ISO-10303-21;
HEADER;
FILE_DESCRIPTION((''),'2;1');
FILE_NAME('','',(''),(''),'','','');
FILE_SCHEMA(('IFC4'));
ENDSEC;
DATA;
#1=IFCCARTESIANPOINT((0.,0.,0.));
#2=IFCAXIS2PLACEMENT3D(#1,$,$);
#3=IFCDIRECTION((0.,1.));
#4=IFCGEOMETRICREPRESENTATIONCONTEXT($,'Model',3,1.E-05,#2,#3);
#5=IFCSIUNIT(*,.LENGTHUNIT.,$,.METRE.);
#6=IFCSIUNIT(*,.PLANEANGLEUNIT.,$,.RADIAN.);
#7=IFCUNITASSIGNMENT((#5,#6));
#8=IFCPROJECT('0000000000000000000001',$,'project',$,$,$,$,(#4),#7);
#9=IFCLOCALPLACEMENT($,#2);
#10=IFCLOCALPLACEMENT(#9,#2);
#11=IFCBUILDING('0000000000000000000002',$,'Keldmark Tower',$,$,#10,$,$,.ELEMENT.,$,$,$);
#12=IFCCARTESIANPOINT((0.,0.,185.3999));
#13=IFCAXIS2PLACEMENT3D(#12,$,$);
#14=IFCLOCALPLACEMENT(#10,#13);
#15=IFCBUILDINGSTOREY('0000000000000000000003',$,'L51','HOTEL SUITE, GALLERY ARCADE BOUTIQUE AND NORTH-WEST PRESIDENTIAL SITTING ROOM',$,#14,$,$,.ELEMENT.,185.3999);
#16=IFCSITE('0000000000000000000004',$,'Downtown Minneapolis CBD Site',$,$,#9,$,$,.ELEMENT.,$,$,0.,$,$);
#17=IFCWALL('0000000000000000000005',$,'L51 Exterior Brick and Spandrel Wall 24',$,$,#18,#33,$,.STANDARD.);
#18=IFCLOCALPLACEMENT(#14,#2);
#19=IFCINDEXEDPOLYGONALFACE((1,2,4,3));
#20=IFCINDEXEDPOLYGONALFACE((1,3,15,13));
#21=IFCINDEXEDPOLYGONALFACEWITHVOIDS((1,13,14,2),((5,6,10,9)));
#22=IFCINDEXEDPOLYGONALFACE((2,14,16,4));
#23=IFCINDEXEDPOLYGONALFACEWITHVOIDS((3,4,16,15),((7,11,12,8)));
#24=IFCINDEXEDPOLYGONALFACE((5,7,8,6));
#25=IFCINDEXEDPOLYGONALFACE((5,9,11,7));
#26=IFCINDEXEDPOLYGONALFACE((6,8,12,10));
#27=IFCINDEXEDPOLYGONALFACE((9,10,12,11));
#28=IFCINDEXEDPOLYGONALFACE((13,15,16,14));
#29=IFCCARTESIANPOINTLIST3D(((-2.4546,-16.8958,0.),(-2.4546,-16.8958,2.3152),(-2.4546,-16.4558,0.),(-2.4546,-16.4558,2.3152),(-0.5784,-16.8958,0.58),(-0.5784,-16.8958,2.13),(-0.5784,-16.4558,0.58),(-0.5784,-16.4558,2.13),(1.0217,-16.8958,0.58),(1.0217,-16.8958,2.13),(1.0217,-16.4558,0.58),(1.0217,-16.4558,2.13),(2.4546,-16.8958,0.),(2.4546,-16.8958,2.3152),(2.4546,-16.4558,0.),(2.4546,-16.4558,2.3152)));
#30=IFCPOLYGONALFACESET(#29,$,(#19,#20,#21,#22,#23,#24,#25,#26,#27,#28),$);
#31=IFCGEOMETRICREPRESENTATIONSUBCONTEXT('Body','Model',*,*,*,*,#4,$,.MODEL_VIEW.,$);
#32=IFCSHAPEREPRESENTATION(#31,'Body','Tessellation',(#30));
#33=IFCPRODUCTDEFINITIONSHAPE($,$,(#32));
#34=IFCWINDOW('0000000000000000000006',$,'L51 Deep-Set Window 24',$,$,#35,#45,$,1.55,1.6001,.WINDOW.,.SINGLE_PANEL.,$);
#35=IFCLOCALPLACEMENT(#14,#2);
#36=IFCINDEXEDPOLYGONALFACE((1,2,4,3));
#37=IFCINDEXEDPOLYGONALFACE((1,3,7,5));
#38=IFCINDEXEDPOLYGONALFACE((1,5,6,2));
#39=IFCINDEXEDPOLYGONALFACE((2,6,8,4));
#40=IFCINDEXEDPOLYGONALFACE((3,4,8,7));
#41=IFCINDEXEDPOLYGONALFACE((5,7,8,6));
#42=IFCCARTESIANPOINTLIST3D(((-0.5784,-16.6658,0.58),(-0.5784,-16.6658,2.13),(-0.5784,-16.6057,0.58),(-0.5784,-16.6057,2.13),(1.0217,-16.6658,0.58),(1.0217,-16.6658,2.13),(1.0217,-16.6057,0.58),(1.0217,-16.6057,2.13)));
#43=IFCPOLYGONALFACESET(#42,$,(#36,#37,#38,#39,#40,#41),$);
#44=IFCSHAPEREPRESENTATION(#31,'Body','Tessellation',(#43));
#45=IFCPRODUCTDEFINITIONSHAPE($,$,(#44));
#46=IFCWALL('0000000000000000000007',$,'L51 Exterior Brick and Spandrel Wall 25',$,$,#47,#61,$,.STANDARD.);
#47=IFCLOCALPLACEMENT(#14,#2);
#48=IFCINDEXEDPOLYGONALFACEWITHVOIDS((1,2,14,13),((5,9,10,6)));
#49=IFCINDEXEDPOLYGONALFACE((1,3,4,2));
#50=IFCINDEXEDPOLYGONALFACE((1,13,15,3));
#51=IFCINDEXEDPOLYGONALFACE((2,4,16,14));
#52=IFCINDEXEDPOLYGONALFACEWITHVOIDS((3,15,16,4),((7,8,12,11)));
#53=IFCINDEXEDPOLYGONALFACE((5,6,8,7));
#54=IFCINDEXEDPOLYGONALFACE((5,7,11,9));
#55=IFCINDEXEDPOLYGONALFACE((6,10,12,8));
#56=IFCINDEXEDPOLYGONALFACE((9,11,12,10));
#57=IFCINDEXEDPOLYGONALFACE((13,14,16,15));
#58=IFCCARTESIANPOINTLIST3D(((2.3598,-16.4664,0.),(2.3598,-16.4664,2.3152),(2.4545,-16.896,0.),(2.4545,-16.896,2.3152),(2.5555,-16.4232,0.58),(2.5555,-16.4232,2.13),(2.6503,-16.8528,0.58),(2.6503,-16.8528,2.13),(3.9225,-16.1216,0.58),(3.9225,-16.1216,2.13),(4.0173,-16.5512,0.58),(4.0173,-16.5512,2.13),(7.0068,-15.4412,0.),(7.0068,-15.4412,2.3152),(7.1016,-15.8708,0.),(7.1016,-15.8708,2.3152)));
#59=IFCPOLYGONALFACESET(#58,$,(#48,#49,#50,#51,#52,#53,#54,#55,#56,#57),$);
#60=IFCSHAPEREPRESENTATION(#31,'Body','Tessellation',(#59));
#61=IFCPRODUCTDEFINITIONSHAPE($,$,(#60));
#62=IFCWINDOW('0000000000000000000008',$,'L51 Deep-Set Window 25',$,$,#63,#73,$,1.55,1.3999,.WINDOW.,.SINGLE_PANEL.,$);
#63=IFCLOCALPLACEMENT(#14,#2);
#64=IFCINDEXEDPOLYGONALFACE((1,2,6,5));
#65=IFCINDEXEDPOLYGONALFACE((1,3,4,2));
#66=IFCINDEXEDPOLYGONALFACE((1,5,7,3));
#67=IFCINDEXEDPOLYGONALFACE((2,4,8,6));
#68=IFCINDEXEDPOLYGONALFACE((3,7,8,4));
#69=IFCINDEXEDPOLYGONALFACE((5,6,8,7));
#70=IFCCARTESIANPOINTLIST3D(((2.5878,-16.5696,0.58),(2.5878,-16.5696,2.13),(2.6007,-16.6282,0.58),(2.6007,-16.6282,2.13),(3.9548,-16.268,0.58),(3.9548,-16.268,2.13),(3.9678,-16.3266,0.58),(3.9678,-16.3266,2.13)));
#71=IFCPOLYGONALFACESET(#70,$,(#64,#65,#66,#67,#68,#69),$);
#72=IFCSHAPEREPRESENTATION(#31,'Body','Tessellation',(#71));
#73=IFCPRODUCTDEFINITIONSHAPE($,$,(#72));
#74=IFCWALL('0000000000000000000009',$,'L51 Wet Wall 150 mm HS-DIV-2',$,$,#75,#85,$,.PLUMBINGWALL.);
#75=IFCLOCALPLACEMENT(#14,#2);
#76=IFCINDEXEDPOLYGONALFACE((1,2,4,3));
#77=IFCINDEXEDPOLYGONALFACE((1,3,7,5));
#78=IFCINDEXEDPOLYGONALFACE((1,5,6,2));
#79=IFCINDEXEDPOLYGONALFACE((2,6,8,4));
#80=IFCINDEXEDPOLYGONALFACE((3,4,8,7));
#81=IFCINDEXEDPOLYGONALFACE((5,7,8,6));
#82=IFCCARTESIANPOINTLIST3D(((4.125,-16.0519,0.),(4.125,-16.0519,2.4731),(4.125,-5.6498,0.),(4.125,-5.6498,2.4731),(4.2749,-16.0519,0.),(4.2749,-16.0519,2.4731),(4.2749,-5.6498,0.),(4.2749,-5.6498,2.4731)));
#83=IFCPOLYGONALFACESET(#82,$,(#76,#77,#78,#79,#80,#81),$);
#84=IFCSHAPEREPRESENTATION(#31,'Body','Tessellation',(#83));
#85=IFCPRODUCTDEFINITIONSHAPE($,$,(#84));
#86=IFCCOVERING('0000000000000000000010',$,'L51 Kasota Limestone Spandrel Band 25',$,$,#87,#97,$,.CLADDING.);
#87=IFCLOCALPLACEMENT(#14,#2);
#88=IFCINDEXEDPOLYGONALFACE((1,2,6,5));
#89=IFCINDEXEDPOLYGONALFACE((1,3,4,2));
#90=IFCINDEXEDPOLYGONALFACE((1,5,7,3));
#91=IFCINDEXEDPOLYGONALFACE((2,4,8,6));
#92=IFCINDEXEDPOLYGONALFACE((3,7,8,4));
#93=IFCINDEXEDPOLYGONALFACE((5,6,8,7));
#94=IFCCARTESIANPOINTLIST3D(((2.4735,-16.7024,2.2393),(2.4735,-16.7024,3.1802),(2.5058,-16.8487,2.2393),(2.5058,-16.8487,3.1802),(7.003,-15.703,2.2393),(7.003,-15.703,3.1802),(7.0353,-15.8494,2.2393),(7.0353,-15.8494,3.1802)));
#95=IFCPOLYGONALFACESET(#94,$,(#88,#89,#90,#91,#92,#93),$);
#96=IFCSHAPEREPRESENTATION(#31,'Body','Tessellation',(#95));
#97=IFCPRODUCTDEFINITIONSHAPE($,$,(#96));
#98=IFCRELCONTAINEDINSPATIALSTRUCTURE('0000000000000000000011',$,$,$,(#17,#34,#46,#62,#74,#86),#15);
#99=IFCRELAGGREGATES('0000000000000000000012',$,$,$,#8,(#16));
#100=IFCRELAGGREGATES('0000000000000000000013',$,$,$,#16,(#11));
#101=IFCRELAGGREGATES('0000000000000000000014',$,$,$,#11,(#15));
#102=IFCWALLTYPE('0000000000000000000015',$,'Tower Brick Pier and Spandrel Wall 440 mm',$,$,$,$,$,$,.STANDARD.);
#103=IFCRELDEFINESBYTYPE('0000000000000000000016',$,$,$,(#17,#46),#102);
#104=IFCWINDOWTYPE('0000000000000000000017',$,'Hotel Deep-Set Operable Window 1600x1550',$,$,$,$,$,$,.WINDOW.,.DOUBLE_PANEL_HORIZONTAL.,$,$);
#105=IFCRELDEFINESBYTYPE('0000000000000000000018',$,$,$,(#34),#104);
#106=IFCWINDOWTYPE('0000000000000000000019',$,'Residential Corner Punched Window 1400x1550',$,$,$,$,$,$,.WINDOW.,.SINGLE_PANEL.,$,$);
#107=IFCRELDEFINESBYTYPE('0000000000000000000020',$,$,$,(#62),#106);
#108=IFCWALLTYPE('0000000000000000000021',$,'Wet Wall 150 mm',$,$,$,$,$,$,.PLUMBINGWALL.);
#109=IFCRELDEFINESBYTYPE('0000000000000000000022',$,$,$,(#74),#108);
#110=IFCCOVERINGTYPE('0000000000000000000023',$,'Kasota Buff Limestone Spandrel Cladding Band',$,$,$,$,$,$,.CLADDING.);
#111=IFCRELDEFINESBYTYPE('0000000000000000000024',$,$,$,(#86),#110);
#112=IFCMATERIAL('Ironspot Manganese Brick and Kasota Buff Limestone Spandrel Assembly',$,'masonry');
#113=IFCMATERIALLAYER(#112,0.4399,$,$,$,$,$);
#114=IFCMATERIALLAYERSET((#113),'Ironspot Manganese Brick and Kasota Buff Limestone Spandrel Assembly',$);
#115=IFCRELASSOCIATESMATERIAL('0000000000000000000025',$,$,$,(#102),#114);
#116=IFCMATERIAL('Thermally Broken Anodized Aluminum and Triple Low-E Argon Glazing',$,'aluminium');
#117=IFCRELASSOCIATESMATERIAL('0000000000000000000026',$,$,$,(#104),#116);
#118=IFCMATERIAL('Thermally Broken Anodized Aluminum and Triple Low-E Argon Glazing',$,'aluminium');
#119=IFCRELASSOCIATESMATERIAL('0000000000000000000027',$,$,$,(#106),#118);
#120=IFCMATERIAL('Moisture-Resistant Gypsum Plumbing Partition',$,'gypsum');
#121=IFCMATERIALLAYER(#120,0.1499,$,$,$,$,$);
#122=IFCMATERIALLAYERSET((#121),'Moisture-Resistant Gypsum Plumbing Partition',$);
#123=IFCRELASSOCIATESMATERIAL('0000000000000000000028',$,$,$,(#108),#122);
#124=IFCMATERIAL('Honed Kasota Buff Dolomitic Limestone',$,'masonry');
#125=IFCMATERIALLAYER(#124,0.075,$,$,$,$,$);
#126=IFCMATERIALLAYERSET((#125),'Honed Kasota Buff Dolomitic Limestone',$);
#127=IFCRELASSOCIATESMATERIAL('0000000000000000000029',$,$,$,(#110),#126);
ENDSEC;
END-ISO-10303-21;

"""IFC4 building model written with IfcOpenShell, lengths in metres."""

from ifc_helpers import new_model, si_unit, direction, frame, frame_2d, origin, origin_2d, place, context, subcontext, project, spatial, rectangle, extrude, material, layer, layer_set, type_object, element, fill, save


model = new_model("IFC4")

# Units and contexts
model_context = context("Model", 3, precision=1e-05, world=origin(), true_north=direction((0.0, 1.0)))
body_context = subcontext(model_context, "Body", "Model", "MODEL_VIEW")
ifc_project = project(units=[si_unit("LENGTHUNIT", "METRE"), si_unit("PLANEANGLEUNIT", "RADIAN")], contexts=[model_context])

# Site, building, storey
site_placement = place(None, origin())
site = spatial("IfcSite", under=ifc_project, at=site_placement, Name="Downtown Minneapolis CBD Site", CompositionType="ELEMENT", RefElevation=0.0)
building_placement = place(site_placement, origin())
building = spatial("IfcBuilding", under=site, at=building_placement, Name="Keldmark Tower", CompositionType="ELEMENT")
storey_placement = place(building_placement, frame((0.0, 0.0, 185.3999)))
storey = spatial("IfcBuildingStorey", under=building, at=storey_placement, Name="L51", Description="HOTEL SUITE, GALLERY ARCADE BOUTIQUE AND NORTH-WEST PRESIDENTIAL SITTING ROOM", CompositionType="ELEMENT", Elevation=185.3999)

# Walls, openings, windows
ifc_material_1 = material(Name="Ironspot Manganese Brick and Kasota Buff Limestone Spandrel Assembly", Category="masonry")
ifc_layer_1 = layer(ifc_material_1, 0.4399)
ifc_layer_set_1 = layer_set([ifc_layer_1], Name="Ironspot Manganese Brick and Kasota Buff Limestone Spandrel Assembly")
wall_type_1 = type_object("IfcWallType", Name="Tower Brick Pier and Spandrel Wall 440 mm", PredefinedType="STANDARD", material=ifc_layer_set_1)
wall_1_placement = place(storey_placement, frame((2.4546, -16.6758, 0.0), z_axis=(0.0, 0.0, 1.0), x_axis=(-1.0, 0.0, 0.0)))
wall_1 = element("IfcWall", 1, at=wall_1_placement, inside=storey, type_object=wall_type_1, Name="L51 Exterior Brick and Spandrel Wall 24", PredefinedType="STANDARD", context=body_context, shape_type="SweptSolid", body=[
    extrude(rectangle(XDim=4.9092, YDim=0.4399, at=frame_2d((2.4546, 0.0))), origin(), (0.0, 0.0, 1.0), 2.3152),
])
opening_1_placement = place(wall_1_placement, frame((1.4329, 0.0, 0.5801)))
opening_1 = element("IfcOpeningElement", 2, at=opening_1_placement, cuts=wall_1, PredefinedType="OPENING", context=body_context, shape_type="SweptSolid", body=[
    extrude(rectangle(XDim=1.6001, YDim=1.55, at=frame_2d((0.8, 0.7749))), frame((0.0, 0.23, 0.0), z_axis=(0.0, -1.0, 0.0), x_axis=(1.0, 0.0, 0.0)), (0.0, 0.0, 1.0), 0.46),
])
ifc_material_2 = material(Name="Thermally Broken Anodized Aluminum and Triple Low-E Argon Glazing", Category="aluminium")
window_type_1 = type_object("IfcWindowType", Name="Hotel Deep-Set Operable Window 1600x1550", PartitioningType="DOUBLE_PANEL_HORIZONTAL", PredefinedType="WINDOW", material=ifc_material_2)
window_1_placement = place(opening_1_placement, origin())
window_1 = element("IfcWindow", 3, at=window_1_placement, inside=storey, type_object=window_type_1, Name="L51 Deep-Set Window 24", OverallHeight=1.55, OverallWidth=1.6001, PartitioningType="SINGLE_PANEL", PredefinedType="WINDOW", context=body_context, shape_type="SweptSolid", body=[
    extrude(rectangle(XDim=1.6001, YDim=1.55, at=frame_2d((0.8, 0.7749))), frame((0.0, -0.01, 0.0), z_axis=(0.0, -1.0, 0.0), x_axis=(1.0, 0.0, 0.0)), (0.0, 0.0, 1.0), 0.0601),
])
fill(opening_1, window_1)
wall_2_placement = place(storey_placement, frame((7.0542, -15.656, 0.0), z_axis=(0.0, 0.0, 1.0), x_axis=(-0.97652, -0.215425, 0.0)))
wall_2 = element("IfcWall", 4, at=wall_2_placement, inside=storey, type_object=wall_type_1, Name="L51 Exterior Brick and Spandrel Wall 25", PredefinedType="STANDARD", context=body_context, shape_type="SweptSolid", body=[
    extrude(rectangle(XDim=4.7588, YDim=0.4399, at=frame_2d((2.3794, 0.0))), origin(), (0.0, 0.0, 1.0), 2.3152),
])
opening_2_placement = place(wall_2_placement, frame((3.1584, 0.0, 0.5801)))
opening_2 = element("IfcOpeningElement", 5, at=opening_2_placement, cuts=wall_2, PredefinedType="OPENING", context=body_context, shape_type="SweptSolid", body=[
    extrude(rectangle(XDim=1.3999, YDim=1.55, at=frame_2d((0.7, 0.7749))), frame((0.0, 0.23, 0.0), z_axis=(0.0, -1.0, 0.0), x_axis=(1.0, 0.0, 0.0)), (0.0, 0.0, 1.0), 0.46),
])
ifc_material_3 = material(Name="Thermally Broken Anodized Aluminum and Triple Low-E Argon Glazing", Category="aluminium")
window_type_2 = type_object("IfcWindowType", Name="Residential Corner Punched Window 1400x1550", PartitioningType="SINGLE_PANEL", PredefinedType="WINDOW", material=ifc_material_3)
window_2_placement = place(opening_2_placement, origin())
window_2 = element("IfcWindow", 6, at=window_2_placement, inside=storey, type_object=window_type_2, Name="L51 Deep-Set Window 25", OverallHeight=1.55, OverallWidth=1.3999, PartitioningType="SINGLE_PANEL", PredefinedType="WINDOW", context=body_context, shape_type="SweptSolid", body=[
    extrude(rectangle(XDim=1.3999, YDim=1.55, at=frame_2d((0.7, 0.7749))), frame((0.0, -0.01, 0.0), z_axis=(0.0, -1.0, 0.0), x_axis=(1.0, 0.0, 0.0)), (0.0, 0.0, 1.0), 0.0601),
])
fill(opening_2, window_2)

# Wall
ifc_material_4 = material(Name="Moisture-Resistant Gypsum Plumbing Partition", Category="gypsum")
ifc_layer_2 = layer(ifc_material_4, 0.1499)
ifc_layer_set_2 = layer_set([ifc_layer_2], Name="Moisture-Resistant Gypsum Plumbing Partition")
wall_type_2 = type_object("IfcWallType", Name="Wet Wall 150 mm", PredefinedType="PLUMBINGWALL", material=ifc_layer_set_2)
wall_3_placement = place(storey_placement, frame((4.2, -16.052, 0.0), z_axis=(0.0, 0.0, 1.0), x_axis=(0.0, 1.0, 0.0)))
element("IfcWall", 7, at=wall_3_placement, inside=storey, type_object=wall_type_2, Name="L51 Wet Wall 150 mm HS-DIV-2", PredefinedType="PLUMBINGWALL", context=body_context, shape_type="SweptSolid", body=[
    extrude(rectangle(XDim=10.4021, YDim=0.1499, at=frame_2d((5.2012, 0.0))), origin(), (0.0, 0.0, 1.0), 2.4731),
])

# Covering
ifc_material_5 = material(Name="Honed Kasota Buff Dolomitic Limestone", Category="masonry")
ifc_layer_3 = layer(ifc_material_5, 0.075)
ifc_layer_set_3 = layer_set([ifc_layer_3], Name="Honed Kasota Buff Dolomitic Limestone")
covering_type = type_object("IfcCoveringType", Name="Kasota Buff Limestone Spandrel Cladding Band", PredefinedType="CLADDING", material=ifc_layer_set_3)
covering_placement = place(storey_placement, frame((4.7544, -16.2759, 2.2393), z_axis=(0.0, 0.0, 1.0), x_axis=(0.976515, 0.215451, 0.0)))
element("IfcCovering", 8, at=covering_placement, inside=storey, type_object=covering_type, Name="L51 Kasota Limestone Spandrel Band 25", PredefinedType="CLADDING", context=body_context, shape_type="SweptSolid", body=[
    extrude(rectangle(XDim=4.6384, YDim=0.1499, at=origin_2d()), origin(), (0.0, 0.0, 1.0), 0.9409),
])

save(model, "model.ifc")
